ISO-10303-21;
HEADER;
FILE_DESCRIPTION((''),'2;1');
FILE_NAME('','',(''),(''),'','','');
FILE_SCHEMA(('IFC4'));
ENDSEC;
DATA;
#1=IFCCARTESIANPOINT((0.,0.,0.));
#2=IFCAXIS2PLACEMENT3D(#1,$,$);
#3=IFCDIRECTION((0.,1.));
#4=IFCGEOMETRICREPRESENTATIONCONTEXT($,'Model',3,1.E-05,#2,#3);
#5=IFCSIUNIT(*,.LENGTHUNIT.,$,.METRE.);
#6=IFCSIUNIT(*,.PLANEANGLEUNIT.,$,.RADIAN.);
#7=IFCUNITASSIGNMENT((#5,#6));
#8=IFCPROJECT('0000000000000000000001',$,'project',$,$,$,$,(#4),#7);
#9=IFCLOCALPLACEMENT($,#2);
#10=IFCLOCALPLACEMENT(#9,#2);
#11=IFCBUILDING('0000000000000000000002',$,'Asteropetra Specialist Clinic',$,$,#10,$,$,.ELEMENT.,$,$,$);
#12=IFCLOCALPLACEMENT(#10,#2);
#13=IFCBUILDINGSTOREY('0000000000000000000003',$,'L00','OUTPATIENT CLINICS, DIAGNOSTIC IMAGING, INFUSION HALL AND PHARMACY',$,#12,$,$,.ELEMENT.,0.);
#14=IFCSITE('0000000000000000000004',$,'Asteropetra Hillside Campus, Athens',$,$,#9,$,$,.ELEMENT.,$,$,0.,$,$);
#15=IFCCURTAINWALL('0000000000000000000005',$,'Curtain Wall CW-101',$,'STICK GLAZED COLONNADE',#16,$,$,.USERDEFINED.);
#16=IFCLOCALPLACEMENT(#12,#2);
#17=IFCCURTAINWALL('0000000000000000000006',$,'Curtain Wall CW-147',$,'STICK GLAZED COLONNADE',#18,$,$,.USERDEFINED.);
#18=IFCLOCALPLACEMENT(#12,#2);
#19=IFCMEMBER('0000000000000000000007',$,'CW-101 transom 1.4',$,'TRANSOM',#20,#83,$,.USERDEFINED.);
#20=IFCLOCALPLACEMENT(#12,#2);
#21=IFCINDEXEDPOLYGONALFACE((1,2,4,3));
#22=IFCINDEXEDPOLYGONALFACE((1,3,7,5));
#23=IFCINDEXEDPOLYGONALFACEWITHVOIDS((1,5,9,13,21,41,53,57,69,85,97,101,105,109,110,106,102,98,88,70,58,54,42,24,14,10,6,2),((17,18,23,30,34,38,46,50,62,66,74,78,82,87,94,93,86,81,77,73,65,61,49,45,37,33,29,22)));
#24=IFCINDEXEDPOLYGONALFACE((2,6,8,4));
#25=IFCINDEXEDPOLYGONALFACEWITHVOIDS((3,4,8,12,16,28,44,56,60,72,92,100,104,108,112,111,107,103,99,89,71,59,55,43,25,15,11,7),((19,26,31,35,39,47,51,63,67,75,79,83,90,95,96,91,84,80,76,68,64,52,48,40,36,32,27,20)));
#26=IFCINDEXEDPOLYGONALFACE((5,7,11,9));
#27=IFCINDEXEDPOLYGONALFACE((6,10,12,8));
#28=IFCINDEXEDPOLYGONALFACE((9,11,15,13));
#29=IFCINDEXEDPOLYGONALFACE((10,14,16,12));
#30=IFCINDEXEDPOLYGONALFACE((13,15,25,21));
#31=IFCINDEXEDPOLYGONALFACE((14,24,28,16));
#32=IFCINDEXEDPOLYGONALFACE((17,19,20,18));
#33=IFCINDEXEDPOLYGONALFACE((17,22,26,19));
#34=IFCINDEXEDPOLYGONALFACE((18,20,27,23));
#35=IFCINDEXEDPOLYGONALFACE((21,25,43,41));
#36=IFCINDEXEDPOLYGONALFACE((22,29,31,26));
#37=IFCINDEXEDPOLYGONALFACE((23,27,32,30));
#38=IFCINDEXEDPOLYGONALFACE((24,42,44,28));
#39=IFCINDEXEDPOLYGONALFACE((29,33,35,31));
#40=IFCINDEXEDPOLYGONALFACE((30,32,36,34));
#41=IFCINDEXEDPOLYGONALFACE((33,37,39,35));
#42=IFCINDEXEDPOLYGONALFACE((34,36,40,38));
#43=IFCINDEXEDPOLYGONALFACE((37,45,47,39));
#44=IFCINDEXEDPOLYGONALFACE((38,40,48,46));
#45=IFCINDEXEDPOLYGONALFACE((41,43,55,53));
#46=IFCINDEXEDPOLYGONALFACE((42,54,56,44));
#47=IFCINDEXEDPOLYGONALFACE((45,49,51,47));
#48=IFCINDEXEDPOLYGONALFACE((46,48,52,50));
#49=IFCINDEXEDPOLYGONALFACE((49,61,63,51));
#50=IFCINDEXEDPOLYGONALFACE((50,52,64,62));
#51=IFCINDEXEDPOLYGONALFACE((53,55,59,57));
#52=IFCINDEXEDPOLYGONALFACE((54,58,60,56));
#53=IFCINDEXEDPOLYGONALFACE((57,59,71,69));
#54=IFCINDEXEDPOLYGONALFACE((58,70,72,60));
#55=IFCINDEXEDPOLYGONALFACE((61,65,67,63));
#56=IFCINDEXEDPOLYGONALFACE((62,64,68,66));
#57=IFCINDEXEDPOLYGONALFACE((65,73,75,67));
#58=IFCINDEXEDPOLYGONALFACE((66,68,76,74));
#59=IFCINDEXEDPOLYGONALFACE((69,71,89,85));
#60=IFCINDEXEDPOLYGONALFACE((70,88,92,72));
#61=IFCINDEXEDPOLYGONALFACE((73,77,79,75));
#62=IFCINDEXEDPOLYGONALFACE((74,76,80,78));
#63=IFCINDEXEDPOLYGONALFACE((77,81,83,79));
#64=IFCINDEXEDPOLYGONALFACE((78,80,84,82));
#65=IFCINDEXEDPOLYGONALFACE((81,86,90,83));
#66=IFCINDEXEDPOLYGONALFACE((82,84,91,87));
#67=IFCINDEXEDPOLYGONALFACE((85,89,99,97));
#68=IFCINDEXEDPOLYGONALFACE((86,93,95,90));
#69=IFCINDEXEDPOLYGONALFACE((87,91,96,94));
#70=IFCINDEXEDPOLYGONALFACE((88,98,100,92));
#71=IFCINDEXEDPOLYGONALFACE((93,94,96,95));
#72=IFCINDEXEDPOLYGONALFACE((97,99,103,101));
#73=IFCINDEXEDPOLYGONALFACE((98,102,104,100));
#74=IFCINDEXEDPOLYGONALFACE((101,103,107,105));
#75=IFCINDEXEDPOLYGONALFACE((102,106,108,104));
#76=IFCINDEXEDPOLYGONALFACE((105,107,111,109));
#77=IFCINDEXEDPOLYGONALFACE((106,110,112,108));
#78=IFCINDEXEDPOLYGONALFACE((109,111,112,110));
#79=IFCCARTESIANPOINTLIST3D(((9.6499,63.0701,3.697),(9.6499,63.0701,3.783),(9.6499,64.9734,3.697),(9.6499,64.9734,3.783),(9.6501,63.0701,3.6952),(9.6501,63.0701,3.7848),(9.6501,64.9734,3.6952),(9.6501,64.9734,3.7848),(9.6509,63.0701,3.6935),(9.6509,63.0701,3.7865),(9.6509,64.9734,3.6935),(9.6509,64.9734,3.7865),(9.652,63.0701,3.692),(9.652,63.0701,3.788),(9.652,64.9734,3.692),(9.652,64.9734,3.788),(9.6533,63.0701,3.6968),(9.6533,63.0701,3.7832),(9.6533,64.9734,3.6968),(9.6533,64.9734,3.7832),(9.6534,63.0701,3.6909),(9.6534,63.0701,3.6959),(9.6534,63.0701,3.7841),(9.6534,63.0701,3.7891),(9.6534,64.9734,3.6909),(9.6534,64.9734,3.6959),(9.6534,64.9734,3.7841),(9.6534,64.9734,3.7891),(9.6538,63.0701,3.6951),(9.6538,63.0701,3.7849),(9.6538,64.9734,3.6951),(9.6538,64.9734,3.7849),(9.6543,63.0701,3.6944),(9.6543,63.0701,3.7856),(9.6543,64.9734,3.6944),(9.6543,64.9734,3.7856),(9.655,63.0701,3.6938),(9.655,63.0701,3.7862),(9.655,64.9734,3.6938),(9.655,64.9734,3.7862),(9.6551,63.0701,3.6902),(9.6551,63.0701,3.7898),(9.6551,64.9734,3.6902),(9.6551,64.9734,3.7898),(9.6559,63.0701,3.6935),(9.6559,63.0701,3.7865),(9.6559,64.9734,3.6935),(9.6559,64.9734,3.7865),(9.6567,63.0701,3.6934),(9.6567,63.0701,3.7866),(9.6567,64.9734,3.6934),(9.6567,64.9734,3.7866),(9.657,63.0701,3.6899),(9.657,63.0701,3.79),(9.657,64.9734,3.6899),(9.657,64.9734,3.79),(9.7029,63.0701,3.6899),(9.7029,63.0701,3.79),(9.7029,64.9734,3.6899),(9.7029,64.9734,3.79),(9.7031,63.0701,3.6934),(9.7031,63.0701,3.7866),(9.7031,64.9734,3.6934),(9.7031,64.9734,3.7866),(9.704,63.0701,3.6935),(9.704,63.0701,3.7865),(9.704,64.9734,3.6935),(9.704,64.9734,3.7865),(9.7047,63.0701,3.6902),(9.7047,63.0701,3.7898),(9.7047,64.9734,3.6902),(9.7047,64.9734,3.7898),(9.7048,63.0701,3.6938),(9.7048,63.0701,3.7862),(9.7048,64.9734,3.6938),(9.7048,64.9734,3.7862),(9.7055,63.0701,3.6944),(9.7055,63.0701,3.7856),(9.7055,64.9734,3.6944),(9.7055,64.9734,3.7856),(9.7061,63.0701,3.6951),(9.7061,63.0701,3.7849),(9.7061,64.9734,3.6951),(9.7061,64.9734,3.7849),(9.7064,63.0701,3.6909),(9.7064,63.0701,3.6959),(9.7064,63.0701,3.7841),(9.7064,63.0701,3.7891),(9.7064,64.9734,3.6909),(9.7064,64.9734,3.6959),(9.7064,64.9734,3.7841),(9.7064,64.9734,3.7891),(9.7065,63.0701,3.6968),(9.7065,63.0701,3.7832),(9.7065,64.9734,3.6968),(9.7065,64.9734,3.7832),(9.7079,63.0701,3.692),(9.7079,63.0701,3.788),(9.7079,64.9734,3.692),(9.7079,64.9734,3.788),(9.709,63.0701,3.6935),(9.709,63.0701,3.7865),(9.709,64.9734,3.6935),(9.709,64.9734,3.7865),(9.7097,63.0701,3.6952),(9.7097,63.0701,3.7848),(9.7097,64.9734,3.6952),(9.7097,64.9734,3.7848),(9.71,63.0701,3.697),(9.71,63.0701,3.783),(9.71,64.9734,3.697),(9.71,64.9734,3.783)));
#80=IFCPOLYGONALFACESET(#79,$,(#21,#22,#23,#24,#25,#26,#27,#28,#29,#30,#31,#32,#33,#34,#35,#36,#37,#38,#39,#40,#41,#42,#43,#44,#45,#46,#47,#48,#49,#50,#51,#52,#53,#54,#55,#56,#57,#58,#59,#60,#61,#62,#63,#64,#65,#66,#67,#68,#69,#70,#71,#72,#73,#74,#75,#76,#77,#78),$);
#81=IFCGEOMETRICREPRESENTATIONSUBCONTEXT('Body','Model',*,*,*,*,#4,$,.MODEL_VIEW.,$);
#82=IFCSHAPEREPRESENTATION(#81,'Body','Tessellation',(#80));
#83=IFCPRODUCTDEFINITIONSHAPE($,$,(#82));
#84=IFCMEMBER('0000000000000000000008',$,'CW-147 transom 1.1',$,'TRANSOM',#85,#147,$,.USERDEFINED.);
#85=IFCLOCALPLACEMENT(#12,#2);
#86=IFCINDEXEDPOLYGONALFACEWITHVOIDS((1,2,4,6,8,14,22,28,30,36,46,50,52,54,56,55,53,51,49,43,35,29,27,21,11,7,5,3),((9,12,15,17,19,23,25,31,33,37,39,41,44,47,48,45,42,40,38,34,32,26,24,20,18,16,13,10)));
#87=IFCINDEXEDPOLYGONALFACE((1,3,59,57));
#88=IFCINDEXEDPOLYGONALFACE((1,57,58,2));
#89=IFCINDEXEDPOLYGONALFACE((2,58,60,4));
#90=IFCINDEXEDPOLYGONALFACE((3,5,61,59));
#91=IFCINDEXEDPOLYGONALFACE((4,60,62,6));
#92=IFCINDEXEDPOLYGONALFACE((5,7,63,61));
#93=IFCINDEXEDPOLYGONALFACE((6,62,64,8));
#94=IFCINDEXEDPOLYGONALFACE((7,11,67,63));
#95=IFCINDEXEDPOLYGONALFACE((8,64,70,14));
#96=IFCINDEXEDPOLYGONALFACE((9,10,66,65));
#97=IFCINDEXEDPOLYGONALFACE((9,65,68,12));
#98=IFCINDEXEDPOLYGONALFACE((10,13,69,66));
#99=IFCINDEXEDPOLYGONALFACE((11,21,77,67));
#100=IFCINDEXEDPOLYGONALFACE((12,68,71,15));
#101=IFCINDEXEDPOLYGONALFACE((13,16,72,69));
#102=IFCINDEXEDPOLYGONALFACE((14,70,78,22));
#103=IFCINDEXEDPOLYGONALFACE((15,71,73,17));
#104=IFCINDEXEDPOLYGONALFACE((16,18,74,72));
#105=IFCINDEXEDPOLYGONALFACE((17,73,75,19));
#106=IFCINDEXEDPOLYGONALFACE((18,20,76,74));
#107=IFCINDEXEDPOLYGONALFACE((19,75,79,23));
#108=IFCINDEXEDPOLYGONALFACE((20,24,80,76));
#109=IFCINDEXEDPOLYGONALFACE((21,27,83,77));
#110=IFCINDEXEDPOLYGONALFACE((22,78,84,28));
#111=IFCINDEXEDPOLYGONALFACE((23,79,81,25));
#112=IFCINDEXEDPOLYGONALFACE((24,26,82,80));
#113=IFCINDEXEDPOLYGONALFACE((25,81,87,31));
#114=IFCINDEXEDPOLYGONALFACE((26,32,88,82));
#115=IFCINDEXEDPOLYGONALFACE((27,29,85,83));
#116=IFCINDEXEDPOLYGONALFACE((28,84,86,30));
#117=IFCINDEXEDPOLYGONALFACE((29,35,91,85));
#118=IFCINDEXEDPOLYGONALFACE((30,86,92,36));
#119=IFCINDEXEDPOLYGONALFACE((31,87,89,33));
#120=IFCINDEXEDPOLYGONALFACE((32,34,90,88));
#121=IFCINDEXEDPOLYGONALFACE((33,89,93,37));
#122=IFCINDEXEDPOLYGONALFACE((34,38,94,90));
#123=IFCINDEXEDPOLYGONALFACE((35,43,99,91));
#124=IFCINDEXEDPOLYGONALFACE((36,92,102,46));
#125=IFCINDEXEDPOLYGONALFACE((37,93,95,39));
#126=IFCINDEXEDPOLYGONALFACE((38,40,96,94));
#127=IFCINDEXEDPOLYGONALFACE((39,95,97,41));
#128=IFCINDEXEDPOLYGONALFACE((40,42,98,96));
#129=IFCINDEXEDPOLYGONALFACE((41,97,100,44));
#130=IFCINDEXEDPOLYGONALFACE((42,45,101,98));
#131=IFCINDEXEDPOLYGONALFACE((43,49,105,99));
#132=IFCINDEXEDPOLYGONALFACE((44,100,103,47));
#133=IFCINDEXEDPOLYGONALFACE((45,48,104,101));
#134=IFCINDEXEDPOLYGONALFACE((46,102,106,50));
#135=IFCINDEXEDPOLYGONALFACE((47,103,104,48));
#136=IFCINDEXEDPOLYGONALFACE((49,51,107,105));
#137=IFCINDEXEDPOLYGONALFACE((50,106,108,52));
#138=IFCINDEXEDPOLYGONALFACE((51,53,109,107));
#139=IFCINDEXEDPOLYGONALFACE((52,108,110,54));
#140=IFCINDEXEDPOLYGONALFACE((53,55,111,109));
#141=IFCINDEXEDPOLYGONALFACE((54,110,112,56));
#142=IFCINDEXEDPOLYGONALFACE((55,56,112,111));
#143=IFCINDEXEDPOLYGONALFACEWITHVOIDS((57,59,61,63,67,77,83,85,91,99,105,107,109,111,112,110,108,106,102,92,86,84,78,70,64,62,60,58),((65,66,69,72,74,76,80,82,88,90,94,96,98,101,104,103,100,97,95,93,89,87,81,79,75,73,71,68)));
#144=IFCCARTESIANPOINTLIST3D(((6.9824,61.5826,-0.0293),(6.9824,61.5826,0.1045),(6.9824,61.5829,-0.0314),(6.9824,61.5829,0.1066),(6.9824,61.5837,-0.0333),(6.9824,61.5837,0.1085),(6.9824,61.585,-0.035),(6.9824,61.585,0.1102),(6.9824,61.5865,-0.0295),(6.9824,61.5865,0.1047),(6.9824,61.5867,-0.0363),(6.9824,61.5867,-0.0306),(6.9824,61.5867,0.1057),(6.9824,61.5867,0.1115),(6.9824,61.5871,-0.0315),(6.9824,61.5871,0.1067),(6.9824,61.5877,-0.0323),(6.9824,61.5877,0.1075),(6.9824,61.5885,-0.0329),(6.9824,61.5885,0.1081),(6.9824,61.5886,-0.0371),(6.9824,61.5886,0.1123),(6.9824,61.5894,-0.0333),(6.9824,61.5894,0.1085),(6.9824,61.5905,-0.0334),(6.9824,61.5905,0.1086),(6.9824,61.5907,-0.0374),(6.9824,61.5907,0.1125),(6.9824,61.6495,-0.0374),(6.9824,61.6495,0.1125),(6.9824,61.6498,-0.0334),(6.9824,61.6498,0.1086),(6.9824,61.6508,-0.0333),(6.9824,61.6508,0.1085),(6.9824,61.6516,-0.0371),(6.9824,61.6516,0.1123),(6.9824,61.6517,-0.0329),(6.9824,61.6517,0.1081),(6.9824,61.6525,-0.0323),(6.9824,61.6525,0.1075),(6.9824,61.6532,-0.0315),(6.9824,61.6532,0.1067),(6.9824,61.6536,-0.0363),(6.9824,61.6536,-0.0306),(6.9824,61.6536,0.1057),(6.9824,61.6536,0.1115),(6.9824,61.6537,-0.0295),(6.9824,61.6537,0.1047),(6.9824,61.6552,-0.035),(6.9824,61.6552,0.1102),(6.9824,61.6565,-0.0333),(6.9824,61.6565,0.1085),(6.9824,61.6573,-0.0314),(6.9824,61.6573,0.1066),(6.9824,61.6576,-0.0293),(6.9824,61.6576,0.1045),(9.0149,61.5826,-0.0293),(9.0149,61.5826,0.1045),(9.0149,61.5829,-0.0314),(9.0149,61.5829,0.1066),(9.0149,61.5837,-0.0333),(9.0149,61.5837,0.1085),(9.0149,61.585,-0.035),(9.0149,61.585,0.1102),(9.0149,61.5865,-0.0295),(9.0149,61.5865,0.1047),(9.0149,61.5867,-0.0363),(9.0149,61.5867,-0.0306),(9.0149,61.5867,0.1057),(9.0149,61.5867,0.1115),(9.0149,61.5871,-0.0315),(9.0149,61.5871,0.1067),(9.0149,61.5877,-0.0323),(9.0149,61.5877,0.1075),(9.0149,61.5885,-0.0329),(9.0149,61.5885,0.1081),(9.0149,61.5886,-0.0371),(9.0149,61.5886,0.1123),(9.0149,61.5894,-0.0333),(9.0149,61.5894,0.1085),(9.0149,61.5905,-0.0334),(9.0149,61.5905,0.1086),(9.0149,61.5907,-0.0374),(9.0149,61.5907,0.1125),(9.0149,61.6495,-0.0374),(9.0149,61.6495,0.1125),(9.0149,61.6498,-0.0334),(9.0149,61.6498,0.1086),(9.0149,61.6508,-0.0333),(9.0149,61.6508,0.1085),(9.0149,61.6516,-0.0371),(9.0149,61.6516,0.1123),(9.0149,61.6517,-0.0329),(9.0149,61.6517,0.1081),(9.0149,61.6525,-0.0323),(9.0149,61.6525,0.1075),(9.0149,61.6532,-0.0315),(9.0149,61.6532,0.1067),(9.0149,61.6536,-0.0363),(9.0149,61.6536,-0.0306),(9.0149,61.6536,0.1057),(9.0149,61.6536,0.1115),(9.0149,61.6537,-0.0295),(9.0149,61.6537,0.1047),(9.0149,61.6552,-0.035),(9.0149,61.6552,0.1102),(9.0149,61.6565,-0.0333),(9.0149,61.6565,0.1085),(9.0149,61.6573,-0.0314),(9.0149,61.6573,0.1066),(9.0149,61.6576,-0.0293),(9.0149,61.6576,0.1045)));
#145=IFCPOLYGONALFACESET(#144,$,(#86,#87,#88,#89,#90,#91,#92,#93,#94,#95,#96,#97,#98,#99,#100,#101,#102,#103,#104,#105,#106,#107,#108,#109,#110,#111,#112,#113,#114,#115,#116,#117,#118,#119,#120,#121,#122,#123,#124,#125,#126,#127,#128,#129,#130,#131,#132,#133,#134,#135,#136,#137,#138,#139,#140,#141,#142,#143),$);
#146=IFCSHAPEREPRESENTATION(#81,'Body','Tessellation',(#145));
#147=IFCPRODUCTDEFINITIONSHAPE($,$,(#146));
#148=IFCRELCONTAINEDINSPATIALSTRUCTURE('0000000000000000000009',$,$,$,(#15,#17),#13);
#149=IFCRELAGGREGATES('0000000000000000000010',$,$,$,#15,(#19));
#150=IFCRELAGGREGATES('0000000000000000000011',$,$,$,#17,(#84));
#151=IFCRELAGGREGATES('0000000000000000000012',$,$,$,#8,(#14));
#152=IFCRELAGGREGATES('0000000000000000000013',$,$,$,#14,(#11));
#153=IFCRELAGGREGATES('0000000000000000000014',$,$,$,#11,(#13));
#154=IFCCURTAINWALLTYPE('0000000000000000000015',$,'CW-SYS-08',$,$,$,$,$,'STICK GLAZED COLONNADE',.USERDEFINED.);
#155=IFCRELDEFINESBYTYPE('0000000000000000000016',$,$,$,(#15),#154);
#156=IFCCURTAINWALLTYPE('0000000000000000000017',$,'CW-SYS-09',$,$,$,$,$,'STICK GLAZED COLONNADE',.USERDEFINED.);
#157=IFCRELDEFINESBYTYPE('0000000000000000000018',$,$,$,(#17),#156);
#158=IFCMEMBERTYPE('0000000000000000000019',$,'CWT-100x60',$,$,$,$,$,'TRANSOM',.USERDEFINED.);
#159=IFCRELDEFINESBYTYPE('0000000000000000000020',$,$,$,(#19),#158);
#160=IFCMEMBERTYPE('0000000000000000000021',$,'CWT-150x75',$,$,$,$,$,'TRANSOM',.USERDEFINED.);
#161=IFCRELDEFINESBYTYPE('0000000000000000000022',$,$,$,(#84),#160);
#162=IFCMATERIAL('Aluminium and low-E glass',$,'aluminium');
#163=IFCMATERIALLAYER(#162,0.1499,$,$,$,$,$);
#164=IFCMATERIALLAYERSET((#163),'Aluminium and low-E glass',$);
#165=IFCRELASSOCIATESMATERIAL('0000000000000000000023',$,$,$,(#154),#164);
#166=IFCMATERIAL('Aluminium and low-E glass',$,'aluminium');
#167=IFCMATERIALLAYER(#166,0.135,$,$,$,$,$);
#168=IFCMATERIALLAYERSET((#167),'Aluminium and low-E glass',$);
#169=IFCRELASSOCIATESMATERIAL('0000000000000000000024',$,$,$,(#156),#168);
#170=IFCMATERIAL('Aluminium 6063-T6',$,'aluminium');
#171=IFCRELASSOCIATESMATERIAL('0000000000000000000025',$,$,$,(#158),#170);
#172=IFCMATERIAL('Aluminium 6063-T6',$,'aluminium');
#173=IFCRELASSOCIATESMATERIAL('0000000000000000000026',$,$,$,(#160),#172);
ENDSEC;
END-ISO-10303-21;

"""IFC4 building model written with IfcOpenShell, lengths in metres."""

from ifc_helpers import new_model, si_unit, direction, frame, origin, origin_2d, place, context, subcontext, project, spatial, hollow_rectangle, extrude, material, layer, layer_set, material_profile, profile_set, type_object, element, aggregate, save


model = new_model("IFC4")

# Units and contexts
model_context = context("Model", 3, precision=1e-05, world=origin(), true_north=direction((0.0, 1.0)))
body_context = subcontext(model_context, "Body", "Model", "MODEL_VIEW")
ifc_project = project(units=[si_unit("LENGTHUNIT", "METRE"), si_unit("PLANEANGLEUNIT", "RADIAN")], contexts=[model_context])

# Site, building, storey
site_placement = place(None, origin())
site = spatial("IfcSite", under=ifc_project, at=site_placement, Name="Asteropetra Hillside Campus, Athens", CompositionType="ELEMENT", RefElevation=0.0)
building_placement = place(site_placement, origin())
building = spatial("IfcBuilding", under=site, at=building_placement, Name="Asteropetra Specialist Clinic", CompositionType="ELEMENT")
storey_placement = place(building_placement, origin())
storey = spatial("IfcBuildingStorey", under=building, at=storey_placement, Name="L00", Description="OUTPATIENT CLINICS, DIAGNOSTIC IMAGING, INFUSION HALL AND PHARMACY", CompositionType="ELEMENT", Elevation=0.0)

# Curtain walls
ifc_material_1 = material(Name="Aluminium and low-E glass", Category="aluminium")
ifc_layer_1 = layer(ifc_material_1, 0.1499)
ifc_layer_set_1 = layer_set([ifc_layer_1], Name="Aluminium and low-E glass")
curtain_wall_type_1 = type_object("IfcCurtainWallType", Name="CW-SYS-08", ElementType="STICK GLAZED COLONNADE", PredefinedType="USERDEFINED", material=ifc_layer_set_1)
curtain_wall_1_placement = place(storey_placement, origin())
curtain_wall_1 = element("IfcCurtainWall", 1, at=curtain_wall_1_placement, inside=storey, type_object=curtain_wall_type_1, Name="Curtain Wall CW-101", ObjectType="STICK GLAZED COLONNADE", PredefinedType="USERDEFINED")
ifc_material_2 = material(Name="Aluminium and low-E glass", Category="aluminium")
ifc_layer_2 = layer(ifc_material_2, 0.135)
ifc_layer_set_2 = layer_set([ifc_layer_2], Name="Aluminium and low-E glass")
curtain_wall_type_2 = type_object("IfcCurtainWallType", Name="CW-SYS-09", ElementType="STICK GLAZED COLONNADE", PredefinedType="USERDEFINED", material=ifc_layer_set_2)
curtain_wall_2_placement = place(storey_placement, origin())
curtain_wall_2 = element("IfcCurtainWall", 2, at=curtain_wall_2_placement, inside=storey, type_object=curtain_wall_type_2, Name="Curtain Wall CW-147", ObjectType="STICK GLAZED COLONNADE", PredefinedType="USERDEFINED")

# Members
ifc_material_3 = material(Name="Aluminium 6063-T6", Category="aluminium")
ifc_material_profile_1 = material_profile(ifc_material_3, hollow_rectangle(XDim=0.0601, YDim=0.1001, WallThickness=0.0034, InnerFilletRadius=0.0034, OuterFilletRadius=0.0071, at=origin_2d()), Name="TRN 100x60x3.5")
ifc_profile_set_1 = profile_set([ifc_material_profile_1], Name="Aluminium 6063-T6")
member_type_1 = type_object("IfcMemberType", Name="CWT-100x60", ElementType="TRANSOM", PredefinedType="USERDEFINED", material=ifc_profile_set_1)
member_1_placement = place(storey_placement, frame((9.6799, 63.0701, 3.74), z_axis=(0.0, 1.0, 0.0), x_axis=(-1.0, 0.0, 0.0)))
member_1 = element("IfcMember", 3, at=member_1_placement, type_object=member_type_1, Name="CW-101 transom 1.4", ObjectType="TRANSOM", PredefinedType="USERDEFINED", context=body_context, shape_type="SweptSolid", body=[
    extrude(hollow_rectangle(XDim=0.0601, YDim=0.1001, WallThickness=0.0034, InnerFilletRadius=0.0034, OuterFilletRadius=0.0071, at=origin_2d()), origin(), (0.0, 0.0, 1.0), 1.9033),
])
ifc_material_4 = material(Name="Aluminium 6063-T6", Category="aluminium")
ifc_material_profile_2 = material_profile(ifc_material_4, hollow_rectangle(XDim=0.075, YDim=0.1499, WallThickness=0.0039, InnerFilletRadius=0.0039, OuterFilletRadius=0.0081, at=origin_2d()), Name="TRN 150x75x4.0")
ifc_profile_set_2 = profile_set([ifc_material_profile_2], Name="Aluminium 6063-T6")
member_type_2 = type_object("IfcMemberType", Name="CWT-150x75", ElementType="TRANSOM", PredefinedType="USERDEFINED", material=ifc_profile_set_2)
member_2_placement = place(storey_placement, frame((9.0149, 61.6201, 0.0376), z_axis=(-1.0, 0.0, 0.0), x_axis=(0.0, -1.0, 0.0)))
member_2 = element("IfcMember", 4, at=member_2_placement, type_object=member_type_2, Name="CW-147 transom 1.1", ObjectType="TRANSOM", PredefinedType="USERDEFINED", context=body_context, shape_type="SweptSolid", body=[
    extrude(hollow_rectangle(XDim=0.075, YDim=0.1499, WallThickness=0.0039, InnerFilletRadius=0.0039, OuterFilletRadius=0.0081, at=origin_2d()), origin(), (0.0, 0.0, 1.0), 2.0325),
])

aggregate(curtain_wall_1, [member_1])
aggregate(curtain_wall_2, [member_2])

save(model, "model.ifc")
